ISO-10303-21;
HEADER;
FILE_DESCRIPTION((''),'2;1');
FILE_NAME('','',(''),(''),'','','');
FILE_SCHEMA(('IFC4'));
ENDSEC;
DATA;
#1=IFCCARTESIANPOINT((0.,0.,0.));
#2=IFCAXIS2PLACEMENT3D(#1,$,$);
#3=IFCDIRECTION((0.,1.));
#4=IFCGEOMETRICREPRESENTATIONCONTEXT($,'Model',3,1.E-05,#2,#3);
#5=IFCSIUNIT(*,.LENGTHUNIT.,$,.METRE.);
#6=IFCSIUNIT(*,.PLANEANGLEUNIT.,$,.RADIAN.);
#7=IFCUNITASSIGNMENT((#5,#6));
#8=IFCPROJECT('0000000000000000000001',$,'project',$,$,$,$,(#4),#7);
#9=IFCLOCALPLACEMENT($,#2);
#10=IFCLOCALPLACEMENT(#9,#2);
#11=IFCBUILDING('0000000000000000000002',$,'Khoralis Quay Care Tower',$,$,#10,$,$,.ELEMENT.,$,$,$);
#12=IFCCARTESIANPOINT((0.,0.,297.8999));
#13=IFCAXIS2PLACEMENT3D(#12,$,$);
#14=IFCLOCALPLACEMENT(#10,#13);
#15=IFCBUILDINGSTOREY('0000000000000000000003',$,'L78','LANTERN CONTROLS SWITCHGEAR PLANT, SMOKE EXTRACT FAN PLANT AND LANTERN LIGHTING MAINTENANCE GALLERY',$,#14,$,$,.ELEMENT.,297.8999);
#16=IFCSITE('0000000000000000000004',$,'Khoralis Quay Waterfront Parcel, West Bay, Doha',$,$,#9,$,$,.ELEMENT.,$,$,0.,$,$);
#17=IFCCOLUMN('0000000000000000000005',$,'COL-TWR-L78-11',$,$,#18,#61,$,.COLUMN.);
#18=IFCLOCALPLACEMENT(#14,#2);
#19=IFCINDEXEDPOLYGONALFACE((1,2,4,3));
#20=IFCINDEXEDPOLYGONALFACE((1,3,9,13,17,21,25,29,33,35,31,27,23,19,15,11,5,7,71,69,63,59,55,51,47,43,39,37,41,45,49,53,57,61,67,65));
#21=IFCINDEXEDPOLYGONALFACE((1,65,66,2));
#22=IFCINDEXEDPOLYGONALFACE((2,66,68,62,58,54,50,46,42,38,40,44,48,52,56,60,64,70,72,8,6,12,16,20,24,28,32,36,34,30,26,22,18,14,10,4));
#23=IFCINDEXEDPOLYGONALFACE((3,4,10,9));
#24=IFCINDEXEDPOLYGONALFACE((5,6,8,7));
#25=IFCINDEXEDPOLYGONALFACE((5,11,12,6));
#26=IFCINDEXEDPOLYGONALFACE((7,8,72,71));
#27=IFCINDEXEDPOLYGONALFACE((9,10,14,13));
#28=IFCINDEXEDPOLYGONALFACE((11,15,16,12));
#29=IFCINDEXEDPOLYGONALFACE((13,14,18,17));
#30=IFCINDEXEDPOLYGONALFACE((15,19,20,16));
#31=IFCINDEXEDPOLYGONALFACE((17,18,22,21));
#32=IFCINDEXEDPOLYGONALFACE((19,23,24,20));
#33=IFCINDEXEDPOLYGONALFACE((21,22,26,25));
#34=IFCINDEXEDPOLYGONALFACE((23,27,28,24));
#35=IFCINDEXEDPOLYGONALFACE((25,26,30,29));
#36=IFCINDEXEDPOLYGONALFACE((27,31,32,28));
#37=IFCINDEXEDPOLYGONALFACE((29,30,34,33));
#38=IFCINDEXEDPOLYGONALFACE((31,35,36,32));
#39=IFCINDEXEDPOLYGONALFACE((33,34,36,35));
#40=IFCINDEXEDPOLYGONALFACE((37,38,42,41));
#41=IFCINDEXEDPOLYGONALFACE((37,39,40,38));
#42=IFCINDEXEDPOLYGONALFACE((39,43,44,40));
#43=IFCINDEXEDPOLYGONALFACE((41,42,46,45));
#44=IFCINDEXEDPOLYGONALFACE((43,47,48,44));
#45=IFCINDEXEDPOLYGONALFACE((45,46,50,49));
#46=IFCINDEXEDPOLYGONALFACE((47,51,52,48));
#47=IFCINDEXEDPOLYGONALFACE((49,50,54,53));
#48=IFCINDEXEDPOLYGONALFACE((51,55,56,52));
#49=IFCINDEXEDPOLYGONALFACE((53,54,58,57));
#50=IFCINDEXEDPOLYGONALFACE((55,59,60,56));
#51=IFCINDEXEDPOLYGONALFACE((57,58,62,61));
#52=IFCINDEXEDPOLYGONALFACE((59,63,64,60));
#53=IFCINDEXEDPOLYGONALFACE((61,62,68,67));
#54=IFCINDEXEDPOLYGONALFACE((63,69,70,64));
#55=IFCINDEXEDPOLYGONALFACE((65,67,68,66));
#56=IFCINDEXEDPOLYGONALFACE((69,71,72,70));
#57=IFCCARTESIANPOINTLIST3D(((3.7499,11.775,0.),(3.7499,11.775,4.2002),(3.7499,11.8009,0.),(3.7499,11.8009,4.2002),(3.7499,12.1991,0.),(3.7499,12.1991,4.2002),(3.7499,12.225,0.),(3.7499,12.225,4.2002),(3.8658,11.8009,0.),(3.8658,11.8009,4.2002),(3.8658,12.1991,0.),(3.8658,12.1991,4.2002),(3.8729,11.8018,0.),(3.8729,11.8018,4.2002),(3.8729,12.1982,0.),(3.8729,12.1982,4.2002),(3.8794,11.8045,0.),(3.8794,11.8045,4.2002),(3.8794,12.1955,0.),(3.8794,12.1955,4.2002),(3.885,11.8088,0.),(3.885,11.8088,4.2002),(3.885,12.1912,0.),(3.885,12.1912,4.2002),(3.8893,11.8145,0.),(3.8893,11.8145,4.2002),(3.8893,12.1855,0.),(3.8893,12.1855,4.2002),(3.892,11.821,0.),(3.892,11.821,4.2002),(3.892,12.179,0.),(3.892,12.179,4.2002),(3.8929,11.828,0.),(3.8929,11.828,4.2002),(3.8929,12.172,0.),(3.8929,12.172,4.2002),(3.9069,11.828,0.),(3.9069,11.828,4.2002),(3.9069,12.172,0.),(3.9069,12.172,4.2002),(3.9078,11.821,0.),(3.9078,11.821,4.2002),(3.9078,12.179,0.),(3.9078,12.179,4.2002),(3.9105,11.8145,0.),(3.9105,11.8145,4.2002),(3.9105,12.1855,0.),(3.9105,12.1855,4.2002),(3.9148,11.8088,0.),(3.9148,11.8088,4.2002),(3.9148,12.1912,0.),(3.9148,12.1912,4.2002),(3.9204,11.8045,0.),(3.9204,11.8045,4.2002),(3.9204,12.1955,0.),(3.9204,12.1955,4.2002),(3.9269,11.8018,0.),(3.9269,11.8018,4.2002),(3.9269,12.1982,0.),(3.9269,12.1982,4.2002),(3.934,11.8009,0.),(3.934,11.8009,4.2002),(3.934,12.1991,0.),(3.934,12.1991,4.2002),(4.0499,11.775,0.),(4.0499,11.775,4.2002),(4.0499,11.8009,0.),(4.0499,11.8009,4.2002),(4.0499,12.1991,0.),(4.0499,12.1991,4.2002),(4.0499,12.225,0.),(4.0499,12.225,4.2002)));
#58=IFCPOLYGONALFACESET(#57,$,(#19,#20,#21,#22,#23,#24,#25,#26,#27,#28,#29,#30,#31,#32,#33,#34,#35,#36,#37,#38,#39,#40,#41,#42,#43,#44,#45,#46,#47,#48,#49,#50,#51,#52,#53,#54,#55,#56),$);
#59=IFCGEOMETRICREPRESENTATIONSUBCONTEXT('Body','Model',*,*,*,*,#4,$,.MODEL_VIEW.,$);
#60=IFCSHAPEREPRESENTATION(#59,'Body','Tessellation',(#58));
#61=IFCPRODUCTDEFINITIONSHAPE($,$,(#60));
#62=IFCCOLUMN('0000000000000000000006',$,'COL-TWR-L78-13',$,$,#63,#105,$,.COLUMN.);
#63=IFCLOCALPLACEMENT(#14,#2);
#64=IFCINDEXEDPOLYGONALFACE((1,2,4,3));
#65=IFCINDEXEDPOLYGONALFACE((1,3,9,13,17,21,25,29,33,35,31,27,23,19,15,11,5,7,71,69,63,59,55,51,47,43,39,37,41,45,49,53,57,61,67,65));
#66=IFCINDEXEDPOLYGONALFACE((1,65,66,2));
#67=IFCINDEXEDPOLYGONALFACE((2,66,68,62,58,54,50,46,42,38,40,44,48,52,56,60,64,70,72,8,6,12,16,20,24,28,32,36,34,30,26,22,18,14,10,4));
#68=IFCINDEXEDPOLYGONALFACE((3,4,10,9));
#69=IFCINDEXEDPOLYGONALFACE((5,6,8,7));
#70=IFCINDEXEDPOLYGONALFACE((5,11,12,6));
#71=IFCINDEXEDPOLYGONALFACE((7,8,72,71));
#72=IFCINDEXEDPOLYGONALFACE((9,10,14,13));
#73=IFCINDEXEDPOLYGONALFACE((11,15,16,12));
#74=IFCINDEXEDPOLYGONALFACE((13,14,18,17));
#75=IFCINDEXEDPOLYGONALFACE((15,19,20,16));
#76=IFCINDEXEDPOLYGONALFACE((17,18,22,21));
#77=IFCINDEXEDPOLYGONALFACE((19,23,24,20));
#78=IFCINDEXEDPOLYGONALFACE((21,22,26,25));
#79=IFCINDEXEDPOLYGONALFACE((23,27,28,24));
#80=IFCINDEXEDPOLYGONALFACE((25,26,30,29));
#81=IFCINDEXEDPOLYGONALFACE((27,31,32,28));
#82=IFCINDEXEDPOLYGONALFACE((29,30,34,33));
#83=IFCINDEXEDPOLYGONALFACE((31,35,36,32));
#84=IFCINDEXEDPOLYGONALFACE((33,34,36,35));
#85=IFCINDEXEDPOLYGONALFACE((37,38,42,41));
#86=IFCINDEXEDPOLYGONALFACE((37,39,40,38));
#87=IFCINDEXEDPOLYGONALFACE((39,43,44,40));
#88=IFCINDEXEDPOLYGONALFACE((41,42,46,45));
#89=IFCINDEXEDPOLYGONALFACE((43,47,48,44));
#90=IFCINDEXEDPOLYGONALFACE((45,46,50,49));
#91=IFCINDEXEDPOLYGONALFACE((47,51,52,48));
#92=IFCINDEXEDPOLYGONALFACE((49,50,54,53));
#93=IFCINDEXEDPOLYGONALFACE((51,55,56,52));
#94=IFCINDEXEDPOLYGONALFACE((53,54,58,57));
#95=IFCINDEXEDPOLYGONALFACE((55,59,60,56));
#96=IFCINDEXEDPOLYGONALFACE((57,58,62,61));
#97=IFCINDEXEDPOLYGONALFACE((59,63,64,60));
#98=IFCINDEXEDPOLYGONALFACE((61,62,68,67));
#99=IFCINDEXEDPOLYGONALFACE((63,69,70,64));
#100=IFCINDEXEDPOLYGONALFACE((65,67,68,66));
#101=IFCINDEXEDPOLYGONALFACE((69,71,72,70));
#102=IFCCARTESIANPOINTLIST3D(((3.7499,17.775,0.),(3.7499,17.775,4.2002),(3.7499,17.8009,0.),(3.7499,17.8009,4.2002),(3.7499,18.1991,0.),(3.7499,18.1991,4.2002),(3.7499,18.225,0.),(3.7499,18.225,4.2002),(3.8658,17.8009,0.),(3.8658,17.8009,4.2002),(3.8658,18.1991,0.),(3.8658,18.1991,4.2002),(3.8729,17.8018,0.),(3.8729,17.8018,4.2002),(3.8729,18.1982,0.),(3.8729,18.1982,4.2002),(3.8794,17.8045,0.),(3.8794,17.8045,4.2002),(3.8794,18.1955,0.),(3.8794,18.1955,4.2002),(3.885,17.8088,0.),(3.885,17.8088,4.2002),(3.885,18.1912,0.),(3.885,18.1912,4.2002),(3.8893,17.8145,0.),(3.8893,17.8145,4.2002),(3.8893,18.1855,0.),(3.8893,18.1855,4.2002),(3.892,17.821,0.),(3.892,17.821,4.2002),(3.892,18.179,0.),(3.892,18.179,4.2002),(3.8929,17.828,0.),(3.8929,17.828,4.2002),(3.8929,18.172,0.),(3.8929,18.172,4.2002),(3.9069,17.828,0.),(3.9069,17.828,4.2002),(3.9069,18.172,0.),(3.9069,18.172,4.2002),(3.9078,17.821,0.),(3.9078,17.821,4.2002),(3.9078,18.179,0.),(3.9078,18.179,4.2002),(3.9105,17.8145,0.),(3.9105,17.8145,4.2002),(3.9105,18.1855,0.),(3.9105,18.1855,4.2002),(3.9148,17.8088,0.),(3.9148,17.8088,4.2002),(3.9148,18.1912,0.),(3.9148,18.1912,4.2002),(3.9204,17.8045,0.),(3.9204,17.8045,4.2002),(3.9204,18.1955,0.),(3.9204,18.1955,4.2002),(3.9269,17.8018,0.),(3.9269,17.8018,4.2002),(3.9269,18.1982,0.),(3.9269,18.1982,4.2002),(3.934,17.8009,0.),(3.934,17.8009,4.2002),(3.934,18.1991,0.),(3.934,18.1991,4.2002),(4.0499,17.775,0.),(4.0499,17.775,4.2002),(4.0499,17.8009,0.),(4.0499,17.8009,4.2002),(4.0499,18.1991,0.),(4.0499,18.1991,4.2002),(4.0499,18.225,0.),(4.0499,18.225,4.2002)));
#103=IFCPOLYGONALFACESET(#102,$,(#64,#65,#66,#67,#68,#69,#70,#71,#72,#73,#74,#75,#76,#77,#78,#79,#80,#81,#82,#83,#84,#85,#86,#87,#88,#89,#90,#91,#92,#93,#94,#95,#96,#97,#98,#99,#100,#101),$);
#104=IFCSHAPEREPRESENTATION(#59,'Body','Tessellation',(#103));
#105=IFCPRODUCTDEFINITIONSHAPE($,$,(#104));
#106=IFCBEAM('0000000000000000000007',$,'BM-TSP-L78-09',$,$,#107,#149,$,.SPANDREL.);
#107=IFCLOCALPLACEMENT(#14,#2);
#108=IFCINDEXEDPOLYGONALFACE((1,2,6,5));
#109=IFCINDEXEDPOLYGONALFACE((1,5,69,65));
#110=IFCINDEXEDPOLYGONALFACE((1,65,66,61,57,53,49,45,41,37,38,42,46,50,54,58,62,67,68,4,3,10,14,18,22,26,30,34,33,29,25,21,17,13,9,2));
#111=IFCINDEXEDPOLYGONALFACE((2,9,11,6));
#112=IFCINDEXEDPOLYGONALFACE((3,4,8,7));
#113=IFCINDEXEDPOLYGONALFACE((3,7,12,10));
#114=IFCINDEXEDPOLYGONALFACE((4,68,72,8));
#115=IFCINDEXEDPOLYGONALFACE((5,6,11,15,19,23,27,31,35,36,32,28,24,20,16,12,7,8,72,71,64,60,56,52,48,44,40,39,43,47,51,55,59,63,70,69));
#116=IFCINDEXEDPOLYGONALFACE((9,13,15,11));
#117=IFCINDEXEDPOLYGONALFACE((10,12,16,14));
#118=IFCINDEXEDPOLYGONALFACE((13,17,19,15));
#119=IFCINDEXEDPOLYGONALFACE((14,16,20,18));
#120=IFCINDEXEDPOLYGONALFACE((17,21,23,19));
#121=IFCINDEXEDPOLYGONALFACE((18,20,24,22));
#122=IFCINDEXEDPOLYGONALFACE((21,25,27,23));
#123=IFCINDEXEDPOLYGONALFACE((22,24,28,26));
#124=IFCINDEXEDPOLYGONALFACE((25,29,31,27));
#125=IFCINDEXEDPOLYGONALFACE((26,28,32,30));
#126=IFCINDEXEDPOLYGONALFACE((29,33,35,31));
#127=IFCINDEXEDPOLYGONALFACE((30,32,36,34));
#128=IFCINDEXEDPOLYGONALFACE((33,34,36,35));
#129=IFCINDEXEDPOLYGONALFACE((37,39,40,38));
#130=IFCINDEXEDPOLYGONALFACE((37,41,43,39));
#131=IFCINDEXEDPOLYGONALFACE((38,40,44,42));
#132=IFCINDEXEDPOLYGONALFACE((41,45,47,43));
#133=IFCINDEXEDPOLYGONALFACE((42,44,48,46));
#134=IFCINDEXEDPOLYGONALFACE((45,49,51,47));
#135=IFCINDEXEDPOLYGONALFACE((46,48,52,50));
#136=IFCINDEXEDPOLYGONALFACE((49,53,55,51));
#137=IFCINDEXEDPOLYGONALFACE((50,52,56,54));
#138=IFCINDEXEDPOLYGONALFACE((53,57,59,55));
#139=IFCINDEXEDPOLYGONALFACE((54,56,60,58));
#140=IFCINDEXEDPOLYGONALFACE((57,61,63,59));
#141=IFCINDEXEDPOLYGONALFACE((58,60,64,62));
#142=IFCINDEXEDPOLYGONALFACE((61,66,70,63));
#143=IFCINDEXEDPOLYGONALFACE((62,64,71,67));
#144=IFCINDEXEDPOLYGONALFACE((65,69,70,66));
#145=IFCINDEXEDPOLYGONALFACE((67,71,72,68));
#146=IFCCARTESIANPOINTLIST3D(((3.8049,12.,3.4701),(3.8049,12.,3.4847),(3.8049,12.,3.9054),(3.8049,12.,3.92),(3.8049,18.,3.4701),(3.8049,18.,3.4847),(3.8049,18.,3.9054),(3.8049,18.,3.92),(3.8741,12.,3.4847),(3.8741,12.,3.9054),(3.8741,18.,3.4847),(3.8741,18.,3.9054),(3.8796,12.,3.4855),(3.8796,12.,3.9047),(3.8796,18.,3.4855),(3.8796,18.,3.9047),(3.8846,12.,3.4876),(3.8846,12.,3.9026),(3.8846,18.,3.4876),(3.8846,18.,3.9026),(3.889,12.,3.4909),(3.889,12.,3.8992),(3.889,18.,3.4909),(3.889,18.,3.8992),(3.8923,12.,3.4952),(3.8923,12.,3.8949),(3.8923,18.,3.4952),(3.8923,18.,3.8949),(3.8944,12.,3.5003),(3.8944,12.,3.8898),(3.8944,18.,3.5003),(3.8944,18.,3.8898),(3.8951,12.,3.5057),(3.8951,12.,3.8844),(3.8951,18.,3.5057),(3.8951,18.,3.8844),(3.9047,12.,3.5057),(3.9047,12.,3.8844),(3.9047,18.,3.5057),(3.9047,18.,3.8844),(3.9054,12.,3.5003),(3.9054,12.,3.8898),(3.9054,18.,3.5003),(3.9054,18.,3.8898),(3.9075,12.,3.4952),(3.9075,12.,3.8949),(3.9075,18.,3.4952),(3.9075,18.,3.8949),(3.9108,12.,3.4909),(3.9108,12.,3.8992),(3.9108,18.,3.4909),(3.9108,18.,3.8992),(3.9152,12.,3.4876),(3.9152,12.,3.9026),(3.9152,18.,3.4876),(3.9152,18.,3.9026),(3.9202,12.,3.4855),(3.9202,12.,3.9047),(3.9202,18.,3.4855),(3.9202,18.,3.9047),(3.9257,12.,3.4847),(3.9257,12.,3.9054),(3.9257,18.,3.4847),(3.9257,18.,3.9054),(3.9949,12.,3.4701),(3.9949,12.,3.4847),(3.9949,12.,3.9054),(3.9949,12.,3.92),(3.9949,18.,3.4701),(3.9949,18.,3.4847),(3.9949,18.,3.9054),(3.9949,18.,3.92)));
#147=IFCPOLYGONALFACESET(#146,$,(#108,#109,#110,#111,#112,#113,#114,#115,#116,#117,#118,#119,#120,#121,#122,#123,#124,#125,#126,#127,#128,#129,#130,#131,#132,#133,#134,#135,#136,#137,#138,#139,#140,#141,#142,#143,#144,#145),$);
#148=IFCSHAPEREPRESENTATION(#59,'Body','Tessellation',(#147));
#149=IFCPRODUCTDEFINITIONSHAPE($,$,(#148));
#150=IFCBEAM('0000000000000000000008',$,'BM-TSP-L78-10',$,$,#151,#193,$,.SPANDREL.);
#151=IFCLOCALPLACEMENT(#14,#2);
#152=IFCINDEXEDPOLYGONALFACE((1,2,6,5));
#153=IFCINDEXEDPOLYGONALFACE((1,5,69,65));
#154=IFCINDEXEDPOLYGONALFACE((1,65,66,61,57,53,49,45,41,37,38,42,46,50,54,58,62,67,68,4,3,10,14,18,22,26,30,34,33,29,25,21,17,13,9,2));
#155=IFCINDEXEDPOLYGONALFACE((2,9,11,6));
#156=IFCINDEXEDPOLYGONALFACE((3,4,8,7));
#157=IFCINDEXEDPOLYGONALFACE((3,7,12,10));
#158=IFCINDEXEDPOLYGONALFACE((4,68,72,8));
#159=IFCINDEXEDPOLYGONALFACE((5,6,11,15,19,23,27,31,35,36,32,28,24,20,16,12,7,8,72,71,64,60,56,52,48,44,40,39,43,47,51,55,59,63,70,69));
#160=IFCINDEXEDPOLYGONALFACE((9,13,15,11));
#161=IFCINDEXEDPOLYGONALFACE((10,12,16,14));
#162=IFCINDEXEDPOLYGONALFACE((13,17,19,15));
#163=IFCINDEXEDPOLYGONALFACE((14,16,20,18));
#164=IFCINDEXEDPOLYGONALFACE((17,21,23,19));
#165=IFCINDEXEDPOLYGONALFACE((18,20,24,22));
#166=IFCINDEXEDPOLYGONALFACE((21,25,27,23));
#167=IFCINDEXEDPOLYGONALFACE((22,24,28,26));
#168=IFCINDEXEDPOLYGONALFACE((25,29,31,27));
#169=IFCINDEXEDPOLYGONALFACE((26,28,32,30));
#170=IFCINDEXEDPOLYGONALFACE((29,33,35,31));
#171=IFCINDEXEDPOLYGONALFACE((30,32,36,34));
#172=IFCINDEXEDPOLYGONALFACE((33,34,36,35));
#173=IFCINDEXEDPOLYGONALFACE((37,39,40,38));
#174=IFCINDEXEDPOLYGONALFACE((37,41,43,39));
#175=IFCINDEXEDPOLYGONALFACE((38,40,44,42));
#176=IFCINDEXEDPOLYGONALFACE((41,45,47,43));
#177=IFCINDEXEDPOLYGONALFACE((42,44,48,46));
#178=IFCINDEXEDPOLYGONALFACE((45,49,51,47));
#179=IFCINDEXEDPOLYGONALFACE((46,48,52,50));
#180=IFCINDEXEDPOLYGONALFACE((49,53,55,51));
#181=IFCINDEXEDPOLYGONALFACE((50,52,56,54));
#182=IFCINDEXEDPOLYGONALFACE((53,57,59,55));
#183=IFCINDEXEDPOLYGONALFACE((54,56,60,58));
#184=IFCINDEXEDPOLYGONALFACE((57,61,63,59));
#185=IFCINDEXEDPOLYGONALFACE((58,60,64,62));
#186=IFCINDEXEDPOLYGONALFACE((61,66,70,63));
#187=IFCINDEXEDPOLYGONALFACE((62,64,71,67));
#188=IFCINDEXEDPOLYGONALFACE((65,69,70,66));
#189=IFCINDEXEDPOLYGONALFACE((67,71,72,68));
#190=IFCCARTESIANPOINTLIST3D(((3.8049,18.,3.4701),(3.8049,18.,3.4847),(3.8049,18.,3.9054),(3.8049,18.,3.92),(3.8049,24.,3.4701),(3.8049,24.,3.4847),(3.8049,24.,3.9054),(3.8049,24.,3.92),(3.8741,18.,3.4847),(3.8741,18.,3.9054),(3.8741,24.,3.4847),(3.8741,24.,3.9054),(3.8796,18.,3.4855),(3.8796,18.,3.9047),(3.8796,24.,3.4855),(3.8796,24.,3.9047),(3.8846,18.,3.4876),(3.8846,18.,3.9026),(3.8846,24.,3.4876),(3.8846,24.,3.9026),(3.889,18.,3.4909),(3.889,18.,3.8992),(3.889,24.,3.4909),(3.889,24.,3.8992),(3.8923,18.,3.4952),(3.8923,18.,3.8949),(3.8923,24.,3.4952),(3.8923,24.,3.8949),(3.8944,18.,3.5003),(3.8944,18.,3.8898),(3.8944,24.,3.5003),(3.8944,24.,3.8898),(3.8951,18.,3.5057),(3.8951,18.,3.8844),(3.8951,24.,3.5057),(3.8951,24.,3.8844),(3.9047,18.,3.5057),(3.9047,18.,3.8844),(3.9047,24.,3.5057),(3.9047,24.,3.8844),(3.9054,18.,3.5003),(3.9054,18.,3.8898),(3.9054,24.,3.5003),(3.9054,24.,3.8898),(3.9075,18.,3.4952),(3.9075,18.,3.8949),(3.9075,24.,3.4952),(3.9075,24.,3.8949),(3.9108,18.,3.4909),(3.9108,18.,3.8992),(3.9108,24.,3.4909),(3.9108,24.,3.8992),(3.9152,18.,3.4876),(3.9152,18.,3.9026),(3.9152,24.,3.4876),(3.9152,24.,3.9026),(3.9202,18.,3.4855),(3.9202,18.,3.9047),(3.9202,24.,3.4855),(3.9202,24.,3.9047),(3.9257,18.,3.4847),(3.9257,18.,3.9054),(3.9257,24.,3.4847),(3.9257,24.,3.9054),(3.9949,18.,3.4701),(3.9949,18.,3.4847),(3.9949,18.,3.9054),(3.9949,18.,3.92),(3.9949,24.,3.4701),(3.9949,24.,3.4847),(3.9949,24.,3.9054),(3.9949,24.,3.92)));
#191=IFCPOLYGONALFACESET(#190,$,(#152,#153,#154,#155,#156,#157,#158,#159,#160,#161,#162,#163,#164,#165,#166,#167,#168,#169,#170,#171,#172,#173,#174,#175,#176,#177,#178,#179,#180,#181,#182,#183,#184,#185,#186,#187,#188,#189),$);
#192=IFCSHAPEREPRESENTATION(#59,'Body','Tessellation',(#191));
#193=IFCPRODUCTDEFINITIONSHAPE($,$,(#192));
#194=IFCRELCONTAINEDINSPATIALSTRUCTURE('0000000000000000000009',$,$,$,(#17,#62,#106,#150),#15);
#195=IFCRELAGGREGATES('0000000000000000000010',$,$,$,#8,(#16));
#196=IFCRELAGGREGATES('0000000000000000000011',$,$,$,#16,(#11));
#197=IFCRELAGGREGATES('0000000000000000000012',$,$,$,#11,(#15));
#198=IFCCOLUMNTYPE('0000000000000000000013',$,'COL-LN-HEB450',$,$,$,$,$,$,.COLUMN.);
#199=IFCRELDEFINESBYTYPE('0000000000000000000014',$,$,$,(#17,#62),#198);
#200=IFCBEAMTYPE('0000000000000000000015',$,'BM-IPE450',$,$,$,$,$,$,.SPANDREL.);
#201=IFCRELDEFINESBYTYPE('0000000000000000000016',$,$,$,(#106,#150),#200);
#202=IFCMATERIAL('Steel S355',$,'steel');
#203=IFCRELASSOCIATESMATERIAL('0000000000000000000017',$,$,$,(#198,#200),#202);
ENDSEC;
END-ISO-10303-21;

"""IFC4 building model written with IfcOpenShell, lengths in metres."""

from ifc_helpers import new_model, si_unit, direction, frame, origin, origin_2d, place, context, subcontext, project, spatial, i_section, extrude, source, transform, mapped, material, material_profile, profile_set, type_object, element, save


model = new_model("IFC4")

# Units and contexts
model_context = context("Model", 3, precision=1e-05, world=origin(), true_north=direction((0.0, 1.0)))
body_context = subcontext(model_context, "Body", "Model", "MODEL_VIEW")
ifc_project = project(units=[si_unit("LENGTHUNIT", "METRE"), si_unit("PLANEANGLEUNIT", "RADIAN")], contexts=[model_context])

# Site, building, storey
site_placement = place(None, origin())
site = spatial("IfcSite", under=ifc_project, at=site_placement, Name="Khoralis Quay Waterfront Parcel, West Bay, Doha", CompositionType="ELEMENT", RefElevation=0.0)
building_placement = place(site_placement, origin())
building = spatial("IfcBuilding", under=site, at=building_placement, Name="Khoralis Quay Care Tower", CompositionType="ELEMENT")
storey_placement = place(building_placement, frame((0.0, 0.0, 297.8999)))
storey = spatial("IfcBuildingStorey", under=building, at=storey_placement, Name="L78", Description="LANTERN CONTROLS SWITCHGEAR PLANT, SMOKE EXTRACT FAN PLANT AND LANTERN LIGHTING MAINTENANCE GALLERY", CompositionType="ELEMENT", Elevation=297.8999)

# Columns
ifc_material_1 = material(Name="Steel S355", Category="steel")
ifc_material_profile_1 = material_profile(ifc_material_1, i_section(OverallWidth=0.3, OverallDepth=0.45, WebThickness=0.0139, FlangeThickness=0.0259, FilletRadius=0.0271, at=origin_2d()), Name="Steel S355")
ifc_profile_set_1 = profile_set([ifc_material_profile_1], Name="Steel S355")
column_type = type_object("IfcColumnType", Name="COL-LN-HEB450", PredefinedType="COLUMN", material=ifc_profile_set_1)
shared_shape_1 = source(origin(), body_context, "Body", "SweptSolid", [
    extrude(i_section(OverallWidth=0.3, OverallDepth=0.45, WebThickness=0.0139, FlangeThickness=0.0259, FilletRadius=0.0271, at=origin_2d()), origin(), (0.0, 0.0, 1.0), 4.2002),
])
for number, where, z_axis, x_axis, name in (
    (1, (3.8999, 12.0, 0.0), (0.0, 0.0, 1.0), (1.0, 0.0, 0.0), "COL-TWR-L78-11"),
    (2, (3.8999, 18.0, 0.0), (0.0, 0.0, 1.0), (1.0, 0.0, 0.0), "COL-TWR-L78-13"),
):
    element("IfcColumn", number, at=place(storey_placement, frame(where, z_axis=z_axis, x_axis=x_axis)), inside=storey, type_object=column_type, Name=name, PredefinedType="COLUMN", context=body_context, shape_type="MappedRepresentation", body=[
        mapped(shared_shape_1, transform((0.0, 0.0, 0.0), scale=1.0)),
    ])

# Beams
ifc_material_profile_2 = material_profile(ifc_material_1, i_section(OverallWidth=0.1899, OverallDepth=0.45, WebThickness=0.0095, FlangeThickness=0.0146, FilletRadius=0.021, at=origin_2d()), Name="Steel S355")
ifc_profile_set_2 = profile_set([ifc_material_profile_2], Name="Steel S355")
beam_type_1 = type_object("IfcBeamType", Name="BM-IPE450", PredefinedType="SPANDREL", material=ifc_profile_set_2)
shared_shape_2 = source(origin(), body_context, "Body", "SweptSolid", [
    extrude(i_section(OverallWidth=0.1899, OverallDepth=0.45, WebThickness=0.0095, FlangeThickness=0.0146, FilletRadius=0.021, at=origin_2d()), origin(), (0.0, 0.0, 1.0), 6.0),
])
for number, where, z_axis, x_axis, name in (
    (3, (3.8999, 12.0, 3.6951), (0.0, 1.0, 0.0), (-1.0, 0.0, 0.0), "BM-TSP-L78-09"),
    (4, (3.8999, 18.0, 3.6951), (0.0, 1.0, 0.0), (-1.0, 0.0, 0.0), "BM-TSP-L78-10"),
):
    element("IfcBeam", number, at=place(storey_placement, frame(where, z_axis=z_axis, x_axis=x_axis)), inside=storey, type_object=beam_type_1, Name=name, PredefinedType="SPANDREL", context=body_context, shape_type="MappedRepresentation", body=[
        mapped(shared_shape_2, transform((0.0, 0.0, 0.0), scale=1.0)),
    ])

save(model, "model.ifc")
